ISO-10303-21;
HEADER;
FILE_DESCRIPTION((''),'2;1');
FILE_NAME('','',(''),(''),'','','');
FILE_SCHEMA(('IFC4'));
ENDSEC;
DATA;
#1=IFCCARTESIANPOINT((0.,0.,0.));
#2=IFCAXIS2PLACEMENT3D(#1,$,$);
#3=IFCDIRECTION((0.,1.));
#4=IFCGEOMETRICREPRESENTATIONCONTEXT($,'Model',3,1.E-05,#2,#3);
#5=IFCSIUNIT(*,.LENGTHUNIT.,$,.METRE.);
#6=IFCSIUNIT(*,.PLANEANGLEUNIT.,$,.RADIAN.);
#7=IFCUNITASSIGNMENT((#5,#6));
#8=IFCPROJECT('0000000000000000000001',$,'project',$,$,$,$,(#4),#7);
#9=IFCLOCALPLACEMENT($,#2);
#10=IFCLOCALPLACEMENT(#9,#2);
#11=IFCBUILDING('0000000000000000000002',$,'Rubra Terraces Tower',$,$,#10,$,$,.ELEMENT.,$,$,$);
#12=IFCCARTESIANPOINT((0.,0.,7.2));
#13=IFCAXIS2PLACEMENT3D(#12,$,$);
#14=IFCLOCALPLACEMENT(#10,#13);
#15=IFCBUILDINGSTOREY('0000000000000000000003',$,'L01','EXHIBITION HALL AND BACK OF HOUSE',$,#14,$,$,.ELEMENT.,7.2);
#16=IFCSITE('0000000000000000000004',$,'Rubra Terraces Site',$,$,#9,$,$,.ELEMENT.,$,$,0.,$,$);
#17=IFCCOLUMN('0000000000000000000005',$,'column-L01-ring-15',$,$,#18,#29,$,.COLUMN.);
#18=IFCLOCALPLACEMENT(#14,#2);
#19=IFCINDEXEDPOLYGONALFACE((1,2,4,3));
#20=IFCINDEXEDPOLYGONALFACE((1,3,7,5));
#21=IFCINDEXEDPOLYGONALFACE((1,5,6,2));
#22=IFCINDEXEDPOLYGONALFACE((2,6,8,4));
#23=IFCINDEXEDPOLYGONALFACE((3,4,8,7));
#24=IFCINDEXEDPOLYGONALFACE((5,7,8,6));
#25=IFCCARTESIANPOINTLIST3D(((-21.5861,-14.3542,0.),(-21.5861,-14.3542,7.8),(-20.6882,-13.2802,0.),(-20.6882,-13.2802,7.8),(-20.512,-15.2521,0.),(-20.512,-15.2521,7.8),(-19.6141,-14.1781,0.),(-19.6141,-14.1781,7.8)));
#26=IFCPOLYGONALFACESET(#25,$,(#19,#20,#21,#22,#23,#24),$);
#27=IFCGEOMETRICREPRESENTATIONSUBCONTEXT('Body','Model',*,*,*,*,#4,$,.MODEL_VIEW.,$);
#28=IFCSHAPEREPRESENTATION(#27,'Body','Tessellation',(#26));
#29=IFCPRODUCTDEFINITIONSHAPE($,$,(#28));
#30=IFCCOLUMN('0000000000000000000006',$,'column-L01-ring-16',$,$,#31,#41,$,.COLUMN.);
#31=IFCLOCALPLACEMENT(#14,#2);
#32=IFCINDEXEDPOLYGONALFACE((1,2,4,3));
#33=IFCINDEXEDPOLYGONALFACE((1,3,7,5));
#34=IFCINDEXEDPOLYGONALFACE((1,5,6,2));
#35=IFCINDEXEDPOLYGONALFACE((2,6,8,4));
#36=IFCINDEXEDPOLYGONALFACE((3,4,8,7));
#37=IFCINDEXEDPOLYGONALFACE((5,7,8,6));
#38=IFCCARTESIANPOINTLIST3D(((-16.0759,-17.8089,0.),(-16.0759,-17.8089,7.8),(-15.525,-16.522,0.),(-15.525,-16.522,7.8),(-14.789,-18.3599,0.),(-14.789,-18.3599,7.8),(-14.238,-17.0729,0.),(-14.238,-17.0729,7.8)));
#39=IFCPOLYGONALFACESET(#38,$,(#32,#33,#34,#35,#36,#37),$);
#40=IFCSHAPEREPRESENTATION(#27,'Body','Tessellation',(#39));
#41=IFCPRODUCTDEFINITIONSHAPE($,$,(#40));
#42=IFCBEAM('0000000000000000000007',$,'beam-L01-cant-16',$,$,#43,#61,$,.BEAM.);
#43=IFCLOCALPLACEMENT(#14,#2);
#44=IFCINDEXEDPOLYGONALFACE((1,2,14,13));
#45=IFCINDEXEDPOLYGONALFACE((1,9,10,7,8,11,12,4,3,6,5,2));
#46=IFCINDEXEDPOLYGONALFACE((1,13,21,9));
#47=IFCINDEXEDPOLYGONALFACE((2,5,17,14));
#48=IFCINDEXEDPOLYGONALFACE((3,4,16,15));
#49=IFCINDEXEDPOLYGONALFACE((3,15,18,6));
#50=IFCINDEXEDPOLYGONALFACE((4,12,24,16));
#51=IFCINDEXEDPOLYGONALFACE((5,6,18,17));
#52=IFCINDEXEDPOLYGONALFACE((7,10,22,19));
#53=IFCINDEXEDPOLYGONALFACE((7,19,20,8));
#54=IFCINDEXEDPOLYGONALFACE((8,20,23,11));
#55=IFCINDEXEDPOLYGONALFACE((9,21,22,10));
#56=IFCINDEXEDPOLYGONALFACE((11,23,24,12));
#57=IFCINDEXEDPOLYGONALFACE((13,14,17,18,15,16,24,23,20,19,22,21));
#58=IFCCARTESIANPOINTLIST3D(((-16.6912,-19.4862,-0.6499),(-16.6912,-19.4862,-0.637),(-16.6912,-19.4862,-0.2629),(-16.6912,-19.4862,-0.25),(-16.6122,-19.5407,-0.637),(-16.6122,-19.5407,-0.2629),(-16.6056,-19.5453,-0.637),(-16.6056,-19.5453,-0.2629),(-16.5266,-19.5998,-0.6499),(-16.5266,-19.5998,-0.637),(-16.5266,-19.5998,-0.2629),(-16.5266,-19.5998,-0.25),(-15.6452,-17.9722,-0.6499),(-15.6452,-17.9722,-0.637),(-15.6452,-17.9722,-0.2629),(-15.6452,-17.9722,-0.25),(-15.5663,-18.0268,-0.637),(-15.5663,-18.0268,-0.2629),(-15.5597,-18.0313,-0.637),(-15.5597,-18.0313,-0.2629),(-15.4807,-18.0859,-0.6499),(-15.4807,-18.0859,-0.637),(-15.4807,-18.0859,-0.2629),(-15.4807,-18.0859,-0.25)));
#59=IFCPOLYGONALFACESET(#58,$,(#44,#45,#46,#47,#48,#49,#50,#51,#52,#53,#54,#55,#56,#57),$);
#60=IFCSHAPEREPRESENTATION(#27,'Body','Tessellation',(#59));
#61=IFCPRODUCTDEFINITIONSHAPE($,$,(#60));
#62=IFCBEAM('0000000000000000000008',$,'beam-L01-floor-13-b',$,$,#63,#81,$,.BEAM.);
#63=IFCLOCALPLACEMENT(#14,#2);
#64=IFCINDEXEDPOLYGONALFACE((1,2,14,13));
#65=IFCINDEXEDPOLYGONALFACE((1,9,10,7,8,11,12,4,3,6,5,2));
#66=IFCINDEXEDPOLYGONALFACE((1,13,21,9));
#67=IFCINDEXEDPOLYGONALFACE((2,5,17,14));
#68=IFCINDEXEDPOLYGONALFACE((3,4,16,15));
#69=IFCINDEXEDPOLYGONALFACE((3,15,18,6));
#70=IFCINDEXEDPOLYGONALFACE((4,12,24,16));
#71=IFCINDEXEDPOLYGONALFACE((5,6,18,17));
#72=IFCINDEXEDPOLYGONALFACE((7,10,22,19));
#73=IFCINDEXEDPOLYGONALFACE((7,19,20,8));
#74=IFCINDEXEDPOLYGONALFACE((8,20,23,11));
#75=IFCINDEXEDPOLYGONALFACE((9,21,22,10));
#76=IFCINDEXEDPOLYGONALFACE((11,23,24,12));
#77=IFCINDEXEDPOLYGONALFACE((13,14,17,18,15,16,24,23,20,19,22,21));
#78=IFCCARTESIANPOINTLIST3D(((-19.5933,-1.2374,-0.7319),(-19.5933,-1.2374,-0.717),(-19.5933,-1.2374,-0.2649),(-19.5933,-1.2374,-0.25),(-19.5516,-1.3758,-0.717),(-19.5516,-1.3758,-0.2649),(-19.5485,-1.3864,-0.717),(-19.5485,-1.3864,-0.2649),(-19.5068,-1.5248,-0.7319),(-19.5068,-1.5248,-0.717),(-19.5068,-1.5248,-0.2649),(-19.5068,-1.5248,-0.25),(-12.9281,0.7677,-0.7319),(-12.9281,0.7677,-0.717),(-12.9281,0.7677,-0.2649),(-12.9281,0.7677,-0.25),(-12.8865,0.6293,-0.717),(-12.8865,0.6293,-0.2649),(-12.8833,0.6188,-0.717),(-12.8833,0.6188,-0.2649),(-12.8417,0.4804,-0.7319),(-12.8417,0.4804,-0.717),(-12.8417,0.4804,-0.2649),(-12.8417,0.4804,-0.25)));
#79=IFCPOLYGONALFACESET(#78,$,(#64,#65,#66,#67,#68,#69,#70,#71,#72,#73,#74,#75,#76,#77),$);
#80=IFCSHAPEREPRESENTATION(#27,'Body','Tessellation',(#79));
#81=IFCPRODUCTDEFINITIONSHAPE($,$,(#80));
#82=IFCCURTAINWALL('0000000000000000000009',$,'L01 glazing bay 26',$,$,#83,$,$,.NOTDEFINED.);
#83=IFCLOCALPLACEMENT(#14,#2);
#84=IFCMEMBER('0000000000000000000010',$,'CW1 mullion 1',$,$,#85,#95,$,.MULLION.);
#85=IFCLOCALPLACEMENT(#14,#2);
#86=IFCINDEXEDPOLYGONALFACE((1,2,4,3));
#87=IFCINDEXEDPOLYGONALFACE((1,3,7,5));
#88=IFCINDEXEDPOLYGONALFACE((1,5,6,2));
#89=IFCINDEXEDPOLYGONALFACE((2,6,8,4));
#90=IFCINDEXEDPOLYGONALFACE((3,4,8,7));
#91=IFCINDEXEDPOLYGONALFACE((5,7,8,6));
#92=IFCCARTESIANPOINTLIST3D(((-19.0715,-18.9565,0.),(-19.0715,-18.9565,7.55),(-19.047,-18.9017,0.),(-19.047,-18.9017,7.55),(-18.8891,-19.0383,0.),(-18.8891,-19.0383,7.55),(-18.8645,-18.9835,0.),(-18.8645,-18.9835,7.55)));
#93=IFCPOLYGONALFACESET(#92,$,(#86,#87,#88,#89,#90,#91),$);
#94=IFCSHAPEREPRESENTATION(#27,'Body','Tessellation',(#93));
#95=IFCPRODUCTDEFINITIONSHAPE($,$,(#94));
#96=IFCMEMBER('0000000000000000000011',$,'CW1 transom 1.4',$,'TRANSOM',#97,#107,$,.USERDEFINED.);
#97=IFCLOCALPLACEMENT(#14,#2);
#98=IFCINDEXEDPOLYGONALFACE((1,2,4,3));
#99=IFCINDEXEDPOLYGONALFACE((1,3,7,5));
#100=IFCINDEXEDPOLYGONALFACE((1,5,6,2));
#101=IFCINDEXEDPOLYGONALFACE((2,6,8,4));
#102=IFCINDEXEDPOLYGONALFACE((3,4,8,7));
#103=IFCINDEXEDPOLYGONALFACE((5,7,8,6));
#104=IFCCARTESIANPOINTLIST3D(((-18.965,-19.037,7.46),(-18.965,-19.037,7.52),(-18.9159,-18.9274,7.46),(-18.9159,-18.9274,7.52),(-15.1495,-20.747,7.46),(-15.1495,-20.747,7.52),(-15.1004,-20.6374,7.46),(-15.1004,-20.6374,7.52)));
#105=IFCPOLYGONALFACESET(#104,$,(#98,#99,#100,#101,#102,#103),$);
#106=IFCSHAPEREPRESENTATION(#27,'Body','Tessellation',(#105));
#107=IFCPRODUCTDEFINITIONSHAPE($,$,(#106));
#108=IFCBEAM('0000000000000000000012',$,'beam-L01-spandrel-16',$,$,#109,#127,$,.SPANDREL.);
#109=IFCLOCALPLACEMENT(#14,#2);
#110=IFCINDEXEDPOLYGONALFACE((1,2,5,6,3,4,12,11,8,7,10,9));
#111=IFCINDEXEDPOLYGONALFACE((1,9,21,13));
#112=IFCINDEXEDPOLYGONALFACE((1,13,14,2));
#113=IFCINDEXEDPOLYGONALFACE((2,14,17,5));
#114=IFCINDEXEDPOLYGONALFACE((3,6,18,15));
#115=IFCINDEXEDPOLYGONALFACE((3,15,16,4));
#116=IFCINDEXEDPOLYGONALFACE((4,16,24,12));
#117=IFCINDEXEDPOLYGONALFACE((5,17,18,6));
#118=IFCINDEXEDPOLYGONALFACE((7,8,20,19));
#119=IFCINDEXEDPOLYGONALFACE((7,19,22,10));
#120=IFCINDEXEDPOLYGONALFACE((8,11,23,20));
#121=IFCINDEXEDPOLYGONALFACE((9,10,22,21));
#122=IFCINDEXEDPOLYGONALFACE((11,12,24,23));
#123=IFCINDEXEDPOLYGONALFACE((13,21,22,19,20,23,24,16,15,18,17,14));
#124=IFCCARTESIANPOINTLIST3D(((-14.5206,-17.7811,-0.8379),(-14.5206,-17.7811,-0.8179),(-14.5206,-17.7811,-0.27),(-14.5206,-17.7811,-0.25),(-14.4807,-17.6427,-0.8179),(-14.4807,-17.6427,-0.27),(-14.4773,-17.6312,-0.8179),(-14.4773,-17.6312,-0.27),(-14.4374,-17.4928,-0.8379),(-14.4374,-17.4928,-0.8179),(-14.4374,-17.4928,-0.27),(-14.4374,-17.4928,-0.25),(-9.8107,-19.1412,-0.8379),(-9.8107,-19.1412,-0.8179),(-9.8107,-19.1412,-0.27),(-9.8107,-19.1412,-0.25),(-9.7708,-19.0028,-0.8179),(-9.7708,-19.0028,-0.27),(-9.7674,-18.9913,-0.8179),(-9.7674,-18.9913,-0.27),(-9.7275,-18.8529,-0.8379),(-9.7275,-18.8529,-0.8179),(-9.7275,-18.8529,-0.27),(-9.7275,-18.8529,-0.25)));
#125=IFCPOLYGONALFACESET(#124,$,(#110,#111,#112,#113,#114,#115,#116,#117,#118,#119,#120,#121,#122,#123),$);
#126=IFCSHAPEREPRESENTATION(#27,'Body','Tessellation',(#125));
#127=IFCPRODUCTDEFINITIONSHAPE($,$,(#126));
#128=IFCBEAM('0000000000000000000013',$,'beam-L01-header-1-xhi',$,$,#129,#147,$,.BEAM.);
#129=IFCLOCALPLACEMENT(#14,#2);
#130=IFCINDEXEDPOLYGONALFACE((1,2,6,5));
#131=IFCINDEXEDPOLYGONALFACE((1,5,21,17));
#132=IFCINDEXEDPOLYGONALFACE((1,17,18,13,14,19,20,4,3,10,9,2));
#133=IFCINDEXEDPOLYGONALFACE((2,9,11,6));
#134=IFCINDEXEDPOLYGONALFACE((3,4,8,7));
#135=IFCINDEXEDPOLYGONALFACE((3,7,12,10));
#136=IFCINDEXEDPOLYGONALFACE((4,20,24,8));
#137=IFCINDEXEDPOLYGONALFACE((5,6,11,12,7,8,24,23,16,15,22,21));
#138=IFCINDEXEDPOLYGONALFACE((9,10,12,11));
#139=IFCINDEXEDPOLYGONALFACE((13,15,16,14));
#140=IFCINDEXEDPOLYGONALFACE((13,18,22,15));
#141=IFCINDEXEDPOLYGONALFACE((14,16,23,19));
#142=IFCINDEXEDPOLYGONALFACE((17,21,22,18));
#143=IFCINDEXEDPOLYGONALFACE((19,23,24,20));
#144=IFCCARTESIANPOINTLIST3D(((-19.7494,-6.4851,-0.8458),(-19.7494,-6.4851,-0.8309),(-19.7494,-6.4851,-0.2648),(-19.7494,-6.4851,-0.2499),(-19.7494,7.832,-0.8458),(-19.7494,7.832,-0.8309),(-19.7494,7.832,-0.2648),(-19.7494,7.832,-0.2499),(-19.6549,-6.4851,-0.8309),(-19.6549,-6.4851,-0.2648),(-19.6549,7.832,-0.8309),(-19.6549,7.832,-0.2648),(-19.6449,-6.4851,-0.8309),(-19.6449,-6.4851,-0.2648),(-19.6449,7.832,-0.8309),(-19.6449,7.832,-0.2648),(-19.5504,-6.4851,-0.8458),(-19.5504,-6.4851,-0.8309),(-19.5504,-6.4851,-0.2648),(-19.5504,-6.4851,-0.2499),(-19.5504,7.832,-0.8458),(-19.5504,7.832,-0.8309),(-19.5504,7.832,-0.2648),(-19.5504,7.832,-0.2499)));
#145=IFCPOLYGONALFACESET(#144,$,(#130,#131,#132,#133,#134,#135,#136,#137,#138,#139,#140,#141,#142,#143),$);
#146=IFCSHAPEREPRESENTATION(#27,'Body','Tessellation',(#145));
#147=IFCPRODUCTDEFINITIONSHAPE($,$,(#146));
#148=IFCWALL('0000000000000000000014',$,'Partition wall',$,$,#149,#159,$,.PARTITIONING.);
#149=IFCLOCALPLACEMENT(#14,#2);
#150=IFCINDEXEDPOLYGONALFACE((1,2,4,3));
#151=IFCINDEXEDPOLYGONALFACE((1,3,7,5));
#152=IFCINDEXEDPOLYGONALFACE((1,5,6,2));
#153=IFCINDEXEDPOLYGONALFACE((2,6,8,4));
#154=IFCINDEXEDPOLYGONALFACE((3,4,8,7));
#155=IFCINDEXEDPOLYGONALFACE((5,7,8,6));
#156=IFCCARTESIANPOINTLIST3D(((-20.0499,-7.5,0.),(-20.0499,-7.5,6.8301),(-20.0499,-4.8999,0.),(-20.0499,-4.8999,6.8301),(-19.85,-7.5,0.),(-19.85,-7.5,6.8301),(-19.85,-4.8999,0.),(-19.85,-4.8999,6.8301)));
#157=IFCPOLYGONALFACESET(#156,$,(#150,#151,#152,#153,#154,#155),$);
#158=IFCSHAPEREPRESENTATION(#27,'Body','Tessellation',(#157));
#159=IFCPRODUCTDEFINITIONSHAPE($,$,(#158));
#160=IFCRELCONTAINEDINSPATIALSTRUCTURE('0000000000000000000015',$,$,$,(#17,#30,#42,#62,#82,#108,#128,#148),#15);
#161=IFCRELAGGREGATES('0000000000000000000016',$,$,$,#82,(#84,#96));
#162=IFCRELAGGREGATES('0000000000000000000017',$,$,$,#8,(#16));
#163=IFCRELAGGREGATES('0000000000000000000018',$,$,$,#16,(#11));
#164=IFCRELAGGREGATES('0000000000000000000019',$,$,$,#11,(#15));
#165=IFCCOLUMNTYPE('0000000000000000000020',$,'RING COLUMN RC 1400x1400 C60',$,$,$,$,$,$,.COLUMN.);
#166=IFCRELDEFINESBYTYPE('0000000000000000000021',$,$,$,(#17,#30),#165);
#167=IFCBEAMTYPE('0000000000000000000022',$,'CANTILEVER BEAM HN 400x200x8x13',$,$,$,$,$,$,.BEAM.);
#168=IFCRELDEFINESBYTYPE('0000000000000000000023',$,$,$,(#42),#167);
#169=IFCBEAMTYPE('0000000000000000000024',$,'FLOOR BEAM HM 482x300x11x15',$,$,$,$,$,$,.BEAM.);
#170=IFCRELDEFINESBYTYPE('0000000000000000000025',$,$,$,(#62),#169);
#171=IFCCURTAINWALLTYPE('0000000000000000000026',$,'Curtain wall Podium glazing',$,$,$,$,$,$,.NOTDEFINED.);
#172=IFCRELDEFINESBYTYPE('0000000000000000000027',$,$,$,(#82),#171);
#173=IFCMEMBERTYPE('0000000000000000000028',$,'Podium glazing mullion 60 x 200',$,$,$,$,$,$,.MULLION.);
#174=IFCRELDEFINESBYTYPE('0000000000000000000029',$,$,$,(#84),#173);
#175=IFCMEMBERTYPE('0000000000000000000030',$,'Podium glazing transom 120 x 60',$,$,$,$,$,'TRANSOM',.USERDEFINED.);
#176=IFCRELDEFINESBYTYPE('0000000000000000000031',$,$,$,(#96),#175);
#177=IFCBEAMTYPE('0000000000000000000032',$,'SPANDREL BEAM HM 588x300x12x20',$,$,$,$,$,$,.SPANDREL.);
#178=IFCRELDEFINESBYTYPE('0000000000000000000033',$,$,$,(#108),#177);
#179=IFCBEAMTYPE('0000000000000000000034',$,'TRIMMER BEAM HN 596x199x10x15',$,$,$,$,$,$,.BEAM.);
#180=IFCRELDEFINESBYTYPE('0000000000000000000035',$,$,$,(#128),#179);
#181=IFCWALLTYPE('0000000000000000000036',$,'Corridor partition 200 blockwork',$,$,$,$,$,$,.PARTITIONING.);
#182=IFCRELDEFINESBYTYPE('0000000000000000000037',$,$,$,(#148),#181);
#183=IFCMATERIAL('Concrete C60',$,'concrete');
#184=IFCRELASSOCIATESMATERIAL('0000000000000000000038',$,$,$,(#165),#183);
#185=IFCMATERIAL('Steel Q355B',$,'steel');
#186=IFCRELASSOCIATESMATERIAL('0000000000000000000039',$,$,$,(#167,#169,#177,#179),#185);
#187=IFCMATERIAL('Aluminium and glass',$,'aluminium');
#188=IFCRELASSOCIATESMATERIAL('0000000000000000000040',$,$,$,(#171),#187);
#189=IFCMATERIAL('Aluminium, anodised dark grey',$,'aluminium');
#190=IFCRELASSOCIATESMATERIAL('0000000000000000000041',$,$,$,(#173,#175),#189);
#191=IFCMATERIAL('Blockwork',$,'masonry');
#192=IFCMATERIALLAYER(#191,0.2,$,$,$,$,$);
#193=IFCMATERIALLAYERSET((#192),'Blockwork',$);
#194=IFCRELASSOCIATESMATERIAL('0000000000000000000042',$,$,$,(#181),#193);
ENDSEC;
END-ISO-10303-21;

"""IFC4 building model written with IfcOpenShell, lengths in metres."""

from ifc_helpers import new_model, si_unit, direction, frame, frame_2d, origin, origin_2d, place, context, subcontext, project, spatial, rectangle, i_section, extrude, material, layer, layer_set, material_profile, profile_set, type_object, element, aggregate, save


model = new_model("IFC4")

# Units and contexts
model_context = context("Model", 3, precision=1e-05, world=origin(), true_north=direction((0.0, 1.0)))
body_context = subcontext(model_context, "Body", "Model", "MODEL_VIEW")
ifc_project = project(units=[si_unit("LENGTHUNIT", "METRE"), si_unit("PLANEANGLEUNIT", "RADIAN")], contexts=[model_context])

# Site, building, storey
site_placement = place(None, origin())
site = spatial("IfcSite", under=ifc_project, at=site_placement, Name="Rubra Terraces Site", CompositionType="ELEMENT", RefElevation=0.0)
building_placement = place(site_placement, origin())
building = spatial("IfcBuilding", under=site, at=building_placement, Name="Rubra Terraces Tower", CompositionType="ELEMENT")
storey_placement = place(building_placement, frame((0.0, 0.0, 7.2)))
storey = spatial("IfcBuildingStorey", under=building, at=storey_placement, Name="L01", Description="EXHIBITION HALL AND BACK OF HOUSE", CompositionType="ELEMENT", Elevation=7.2)

# Columns
ifc_material_1 = material(Name="Concrete C60", Category="concrete")
ifc_material_profile_1 = material_profile(ifc_material_1, rectangle(XDim=1.3999, YDim=1.3999, at=origin_2d()), Name="RC 1400x1400")
ifc_profile_set_1 = profile_set([ifc_material_profile_1], Name="Concrete C60")
column_type = type_object("IfcColumnType", Name="RING COLUMN RC 1400x1400 C60", PredefinedType="COLUMN", material=ifc_profile_set_1)
for number, where, z_axis, x_axis, name in (
    (1, (-20.6001, -14.2661, 0.0), (0.0, 0.0, 1.0), (0.76721, -0.641397, 0.0), "column-L01-ring-15"),
    (2, (-15.157, -17.4409, 0.0), (0.0, 0.0, 1.0), (0.919294, -0.393572, 0.0), "column-L01-ring-16"),
):
    element("IfcColumn", number, at=place(storey_placement, frame(where, z_axis=z_axis, x_axis=x_axis)), inside=storey, type_object=column_type, Name=name, PredefinedType="COLUMN", context=body_context, shape_type="SweptSolid", body=[
        extrude(rectangle(XDim=1.3999, YDim=1.3999, at=origin_2d()), origin(), (0.0, 0.0, 1.0), 7.8),
    ])

# Beams
ifc_material_2 = material(Name="Steel Q355B", Category="steel")
ifc_material_profile_2 = material_profile(ifc_material_2, i_section(OverallWidth=0.2, OverallDepth=0.3999, WebThickness=0.0081, FlangeThickness=0.0129, at=origin_2d()), Name="HN 400x200x8x13")
ifc_profile_set_2 = profile_set([ifc_material_profile_2], Name="Steel Q355B")
beam_type_1 = type_object("IfcBeamType", Name="CANTILEVER BEAM HN 400x200x8x13", PredefinedType="BEAM", material=ifc_profile_set_2)
beam_1_placement = place(storey_placement, frame((-15.563, -18.0291, -0.45), z_axis=(-0.568402, -0.822751, 0.0), x_axis=(0.822751, -0.568402, 0.0)))
element("IfcBeam", 3, at=beam_1_placement, inside=storey, type_object=beam_type_1, Name="beam-L01-cant-16", PredefinedType="BEAM", context=body_context, shape_type="SweptSolid", body=[
    extrude(i_section(OverallWidth=0.2, OverallDepth=0.3999, WebThickness=0.0081, FlangeThickness=0.0129, at=origin_2d()), origin(), (0.0, 0.0, 1.0), 1.8401),
])
ifc_material_profile_3 = material_profile(ifc_material_2, i_section(OverallWidth=0.3, OverallDepth=0.4819, WebThickness=0.011, FlangeThickness=0.0149, at=origin_2d()), Name="HM 482x300x11x15")
ifc_profile_set_3 = profile_set([ifc_material_profile_3], Name="Steel Q355B")
beam_type_2 = type_object("IfcBeamType", Name="FLOOR BEAM HM 482x300x11x15", PredefinedType="BEAM", material=ifc_profile_set_3)
beam_2_placement = place(storey_placement, frame((-19.55, -1.3811, -0.491), z_axis=(0.957604, 0.288088, 0.0), x_axis=(-0.288088, 0.957604, 0.0)))
element("IfcBeam", 4, at=beam_2_placement, inside=storey, type_object=beam_type_2, Name="beam-L01-floor-13-b", PredefinedType="BEAM", context=body_context, shape_type="SweptSolid", body=[
    extrude(i_section(OverallWidth=0.3, OverallDepth=0.4819, WebThickness=0.011, FlangeThickness=0.0149, at=origin_2d()), origin(), (0.0, 0.0, 1.0), 6.9602),
])

# Curtain wall, members
ifc_material_3 = material(Name="Aluminium and glass", Category="aluminium")
curtain_wall_type = type_object("IfcCurtainWallType", Name="Curtain wall Podium glazing", PredefinedType="NOTDEFINED", material=ifc_material_3)
curtain_wall_placement = place(storey_placement, origin())
curtain_wall = element("IfcCurtainWall", 5, at=curtain_wall_placement, inside=storey, type_object=curtain_wall_type, Name="L01 glazing bay 26", PredefinedType="NOTDEFINED")
ifc_material_4 = material(Name="Aluminium, anodised dark grey", Category="aluminium")
ifc_material_profile_4 = material_profile(ifc_material_4, rectangle(XDim=0.0601, YDim=0.2, at=origin_2d()), Name="AL 60x200")
ifc_profile_set_4 = profile_set([ifc_material_profile_4], Name="Aluminium, anodised dark grey")
member_type_1 = type_object("IfcMemberType", Name="Podium glazing mullion 60 x 200", PredefinedType="MULLION", material=ifc_profile_set_4)
member_1_placement = place(storey_placement, frame((-18.968, -18.97, 0.0), z_axis=(0.0, 0.0, 1.0), x_axis=(0.408962, 0.912551, 0.0)))
member_1 = element("IfcMember", 6, at=member_1_placement, type_object=member_type_1, Name="CW1 mullion 1", PredefinedType="MULLION", context=body_context, shape_type="SweptSolid", body=[
    extrude(rectangle(XDim=0.0601, YDim=0.2, at=origin_2d()), origin(), (0.0, 0.0, 1.0), 7.55),
])
ifc_material_profile_5 = material_profile(ifc_material_4, rectangle(XDim=0.1201, YDim=0.0601, at=origin_2d()), Name="AL 120x60")
ifc_profile_set_5 = profile_set([ifc_material_profile_5], Name="Aluminium, anodised dark grey")
member_type_2 = type_object("IfcMemberType", Name="Podium glazing transom 120 x 60", ElementType="TRANSOM", PredefinedType="USERDEFINED", material=ifc_profile_set_5)
member_2_placement = place(storey_placement, frame((-18.9404, -18.9822, 7.49), z_axis=(0.912545, -0.408975, 0.0), x_axis=(0.408975, 0.912545, 0.0)))
member_2 = element("IfcMember", 7, at=member_2_placement, type_object=member_type_2, Name="CW1 transom 1.4", ObjectType="TRANSOM", PredefinedType="USERDEFINED", context=body_context, shape_type="SweptSolid", body=[
    extrude(rectangle(XDim=0.1201, YDim=0.0601, at=origin_2d()), origin(), (0.0, 0.0, 1.0), 4.1812),
])
aggregate(curtain_wall, [member_1, member_2])

# Beams
ifc_material_profile_6 = material_profile(ifc_material_2, i_section(OverallWidth=0.3, OverallDepth=0.5879, WebThickness=0.012, FlangeThickness=0.02, at=origin_2d()), Name="HM 588x300x12x20")
ifc_profile_set_6 = profile_set([ifc_material_profile_6], Name="Steel Q355B")
beam_type_3 = type_object("IfcBeamType", Name="SPANDREL BEAM HM 588x300x12x20", PredefinedType="SPANDREL", material=ifc_profile_set_6)
beam_3_placement = place(storey_placement, frame((-14.479, -17.637, -0.5439), z_axis=(0.960744, -0.277436, 0.0), x_axis=(0.277436, 0.960744, 0.0)))
element("IfcBeam", 8, at=beam_3_placement, inside=storey, type_object=beam_type_3, Name="beam-L01-spandrel-16", PredefinedType="SPANDREL", context=body_context, shape_type="SweptSolid", body=[
    extrude(i_section(OverallWidth=0.3, OverallDepth=0.5879, WebThickness=0.012, FlangeThickness=0.02, at=origin_2d()), origin(), (0.0, 0.0, 1.0), 4.9023),
])
ifc_material_profile_7 = material_profile(ifc_material_2, i_section(OverallWidth=0.199, OverallDepth=0.5959, WebThickness=0.01, FlangeThickness=0.0149, at=origin_2d()), Name="HN 596x199x10x15")
ifc_profile_set_7 = profile_set([ifc_material_profile_7], Name="Steel Q355B")
beam_type_4 = type_object("IfcBeamType", Name="TRIMMER BEAM HN 596x199x10x15", PredefinedType="BEAM", material=ifc_profile_set_7)
beam_4_placement = place(storey_placement, frame((-19.6499, -6.4851, -0.5479), z_axis=(0.0, 1.0, 0.0), x_axis=(-1.0, 0.0, 0.0)))
element("IfcBeam", 9, at=beam_4_placement, inside=storey, type_object=beam_type_4, Name="beam-L01-header-1-xhi", PredefinedType="BEAM", context=body_context, shape_type="SweptSolid", body=[
    extrude(i_section(OverallWidth=0.199, OverallDepth=0.5959, WebThickness=0.01, FlangeThickness=0.0149, at=origin_2d()), origin(), (0.0, 0.0, 1.0), 14.3171),
])

# Wall
ifc_material_5 = material(Name="Blockwork", Category="masonry")
ifc_layer_1 = layer(ifc_material_5, 0.2)
ifc_layer_set_1 = layer_set([ifc_layer_1], Name="Blockwork")
wall_type_1 = type_object("IfcWallType", Name="Corridor partition 200 blockwork", PredefinedType="PARTITIONING", material=ifc_layer_set_1)
wall_1_placement = place(storey_placement, frame((-19.95, -4.8999, 0.0), z_axis=(0.0, 0.0, 1.0), x_axis=(0.0, -1.0, 0.0)))
element("IfcWall", 10, at=wall_1_placement, inside=storey, type_object=wall_type_1, Name="Partition wall", PredefinedType="PARTITIONING", context=body_context, shape_type="SweptSolid", body=[
    extrude(rectangle(XDim=2.6001, YDim=0.2, at=frame_2d((1.3, 0.0))), origin(), (0.0, 0.0, 1.0), 6.8301),
])

save(model, "model.ifc")
